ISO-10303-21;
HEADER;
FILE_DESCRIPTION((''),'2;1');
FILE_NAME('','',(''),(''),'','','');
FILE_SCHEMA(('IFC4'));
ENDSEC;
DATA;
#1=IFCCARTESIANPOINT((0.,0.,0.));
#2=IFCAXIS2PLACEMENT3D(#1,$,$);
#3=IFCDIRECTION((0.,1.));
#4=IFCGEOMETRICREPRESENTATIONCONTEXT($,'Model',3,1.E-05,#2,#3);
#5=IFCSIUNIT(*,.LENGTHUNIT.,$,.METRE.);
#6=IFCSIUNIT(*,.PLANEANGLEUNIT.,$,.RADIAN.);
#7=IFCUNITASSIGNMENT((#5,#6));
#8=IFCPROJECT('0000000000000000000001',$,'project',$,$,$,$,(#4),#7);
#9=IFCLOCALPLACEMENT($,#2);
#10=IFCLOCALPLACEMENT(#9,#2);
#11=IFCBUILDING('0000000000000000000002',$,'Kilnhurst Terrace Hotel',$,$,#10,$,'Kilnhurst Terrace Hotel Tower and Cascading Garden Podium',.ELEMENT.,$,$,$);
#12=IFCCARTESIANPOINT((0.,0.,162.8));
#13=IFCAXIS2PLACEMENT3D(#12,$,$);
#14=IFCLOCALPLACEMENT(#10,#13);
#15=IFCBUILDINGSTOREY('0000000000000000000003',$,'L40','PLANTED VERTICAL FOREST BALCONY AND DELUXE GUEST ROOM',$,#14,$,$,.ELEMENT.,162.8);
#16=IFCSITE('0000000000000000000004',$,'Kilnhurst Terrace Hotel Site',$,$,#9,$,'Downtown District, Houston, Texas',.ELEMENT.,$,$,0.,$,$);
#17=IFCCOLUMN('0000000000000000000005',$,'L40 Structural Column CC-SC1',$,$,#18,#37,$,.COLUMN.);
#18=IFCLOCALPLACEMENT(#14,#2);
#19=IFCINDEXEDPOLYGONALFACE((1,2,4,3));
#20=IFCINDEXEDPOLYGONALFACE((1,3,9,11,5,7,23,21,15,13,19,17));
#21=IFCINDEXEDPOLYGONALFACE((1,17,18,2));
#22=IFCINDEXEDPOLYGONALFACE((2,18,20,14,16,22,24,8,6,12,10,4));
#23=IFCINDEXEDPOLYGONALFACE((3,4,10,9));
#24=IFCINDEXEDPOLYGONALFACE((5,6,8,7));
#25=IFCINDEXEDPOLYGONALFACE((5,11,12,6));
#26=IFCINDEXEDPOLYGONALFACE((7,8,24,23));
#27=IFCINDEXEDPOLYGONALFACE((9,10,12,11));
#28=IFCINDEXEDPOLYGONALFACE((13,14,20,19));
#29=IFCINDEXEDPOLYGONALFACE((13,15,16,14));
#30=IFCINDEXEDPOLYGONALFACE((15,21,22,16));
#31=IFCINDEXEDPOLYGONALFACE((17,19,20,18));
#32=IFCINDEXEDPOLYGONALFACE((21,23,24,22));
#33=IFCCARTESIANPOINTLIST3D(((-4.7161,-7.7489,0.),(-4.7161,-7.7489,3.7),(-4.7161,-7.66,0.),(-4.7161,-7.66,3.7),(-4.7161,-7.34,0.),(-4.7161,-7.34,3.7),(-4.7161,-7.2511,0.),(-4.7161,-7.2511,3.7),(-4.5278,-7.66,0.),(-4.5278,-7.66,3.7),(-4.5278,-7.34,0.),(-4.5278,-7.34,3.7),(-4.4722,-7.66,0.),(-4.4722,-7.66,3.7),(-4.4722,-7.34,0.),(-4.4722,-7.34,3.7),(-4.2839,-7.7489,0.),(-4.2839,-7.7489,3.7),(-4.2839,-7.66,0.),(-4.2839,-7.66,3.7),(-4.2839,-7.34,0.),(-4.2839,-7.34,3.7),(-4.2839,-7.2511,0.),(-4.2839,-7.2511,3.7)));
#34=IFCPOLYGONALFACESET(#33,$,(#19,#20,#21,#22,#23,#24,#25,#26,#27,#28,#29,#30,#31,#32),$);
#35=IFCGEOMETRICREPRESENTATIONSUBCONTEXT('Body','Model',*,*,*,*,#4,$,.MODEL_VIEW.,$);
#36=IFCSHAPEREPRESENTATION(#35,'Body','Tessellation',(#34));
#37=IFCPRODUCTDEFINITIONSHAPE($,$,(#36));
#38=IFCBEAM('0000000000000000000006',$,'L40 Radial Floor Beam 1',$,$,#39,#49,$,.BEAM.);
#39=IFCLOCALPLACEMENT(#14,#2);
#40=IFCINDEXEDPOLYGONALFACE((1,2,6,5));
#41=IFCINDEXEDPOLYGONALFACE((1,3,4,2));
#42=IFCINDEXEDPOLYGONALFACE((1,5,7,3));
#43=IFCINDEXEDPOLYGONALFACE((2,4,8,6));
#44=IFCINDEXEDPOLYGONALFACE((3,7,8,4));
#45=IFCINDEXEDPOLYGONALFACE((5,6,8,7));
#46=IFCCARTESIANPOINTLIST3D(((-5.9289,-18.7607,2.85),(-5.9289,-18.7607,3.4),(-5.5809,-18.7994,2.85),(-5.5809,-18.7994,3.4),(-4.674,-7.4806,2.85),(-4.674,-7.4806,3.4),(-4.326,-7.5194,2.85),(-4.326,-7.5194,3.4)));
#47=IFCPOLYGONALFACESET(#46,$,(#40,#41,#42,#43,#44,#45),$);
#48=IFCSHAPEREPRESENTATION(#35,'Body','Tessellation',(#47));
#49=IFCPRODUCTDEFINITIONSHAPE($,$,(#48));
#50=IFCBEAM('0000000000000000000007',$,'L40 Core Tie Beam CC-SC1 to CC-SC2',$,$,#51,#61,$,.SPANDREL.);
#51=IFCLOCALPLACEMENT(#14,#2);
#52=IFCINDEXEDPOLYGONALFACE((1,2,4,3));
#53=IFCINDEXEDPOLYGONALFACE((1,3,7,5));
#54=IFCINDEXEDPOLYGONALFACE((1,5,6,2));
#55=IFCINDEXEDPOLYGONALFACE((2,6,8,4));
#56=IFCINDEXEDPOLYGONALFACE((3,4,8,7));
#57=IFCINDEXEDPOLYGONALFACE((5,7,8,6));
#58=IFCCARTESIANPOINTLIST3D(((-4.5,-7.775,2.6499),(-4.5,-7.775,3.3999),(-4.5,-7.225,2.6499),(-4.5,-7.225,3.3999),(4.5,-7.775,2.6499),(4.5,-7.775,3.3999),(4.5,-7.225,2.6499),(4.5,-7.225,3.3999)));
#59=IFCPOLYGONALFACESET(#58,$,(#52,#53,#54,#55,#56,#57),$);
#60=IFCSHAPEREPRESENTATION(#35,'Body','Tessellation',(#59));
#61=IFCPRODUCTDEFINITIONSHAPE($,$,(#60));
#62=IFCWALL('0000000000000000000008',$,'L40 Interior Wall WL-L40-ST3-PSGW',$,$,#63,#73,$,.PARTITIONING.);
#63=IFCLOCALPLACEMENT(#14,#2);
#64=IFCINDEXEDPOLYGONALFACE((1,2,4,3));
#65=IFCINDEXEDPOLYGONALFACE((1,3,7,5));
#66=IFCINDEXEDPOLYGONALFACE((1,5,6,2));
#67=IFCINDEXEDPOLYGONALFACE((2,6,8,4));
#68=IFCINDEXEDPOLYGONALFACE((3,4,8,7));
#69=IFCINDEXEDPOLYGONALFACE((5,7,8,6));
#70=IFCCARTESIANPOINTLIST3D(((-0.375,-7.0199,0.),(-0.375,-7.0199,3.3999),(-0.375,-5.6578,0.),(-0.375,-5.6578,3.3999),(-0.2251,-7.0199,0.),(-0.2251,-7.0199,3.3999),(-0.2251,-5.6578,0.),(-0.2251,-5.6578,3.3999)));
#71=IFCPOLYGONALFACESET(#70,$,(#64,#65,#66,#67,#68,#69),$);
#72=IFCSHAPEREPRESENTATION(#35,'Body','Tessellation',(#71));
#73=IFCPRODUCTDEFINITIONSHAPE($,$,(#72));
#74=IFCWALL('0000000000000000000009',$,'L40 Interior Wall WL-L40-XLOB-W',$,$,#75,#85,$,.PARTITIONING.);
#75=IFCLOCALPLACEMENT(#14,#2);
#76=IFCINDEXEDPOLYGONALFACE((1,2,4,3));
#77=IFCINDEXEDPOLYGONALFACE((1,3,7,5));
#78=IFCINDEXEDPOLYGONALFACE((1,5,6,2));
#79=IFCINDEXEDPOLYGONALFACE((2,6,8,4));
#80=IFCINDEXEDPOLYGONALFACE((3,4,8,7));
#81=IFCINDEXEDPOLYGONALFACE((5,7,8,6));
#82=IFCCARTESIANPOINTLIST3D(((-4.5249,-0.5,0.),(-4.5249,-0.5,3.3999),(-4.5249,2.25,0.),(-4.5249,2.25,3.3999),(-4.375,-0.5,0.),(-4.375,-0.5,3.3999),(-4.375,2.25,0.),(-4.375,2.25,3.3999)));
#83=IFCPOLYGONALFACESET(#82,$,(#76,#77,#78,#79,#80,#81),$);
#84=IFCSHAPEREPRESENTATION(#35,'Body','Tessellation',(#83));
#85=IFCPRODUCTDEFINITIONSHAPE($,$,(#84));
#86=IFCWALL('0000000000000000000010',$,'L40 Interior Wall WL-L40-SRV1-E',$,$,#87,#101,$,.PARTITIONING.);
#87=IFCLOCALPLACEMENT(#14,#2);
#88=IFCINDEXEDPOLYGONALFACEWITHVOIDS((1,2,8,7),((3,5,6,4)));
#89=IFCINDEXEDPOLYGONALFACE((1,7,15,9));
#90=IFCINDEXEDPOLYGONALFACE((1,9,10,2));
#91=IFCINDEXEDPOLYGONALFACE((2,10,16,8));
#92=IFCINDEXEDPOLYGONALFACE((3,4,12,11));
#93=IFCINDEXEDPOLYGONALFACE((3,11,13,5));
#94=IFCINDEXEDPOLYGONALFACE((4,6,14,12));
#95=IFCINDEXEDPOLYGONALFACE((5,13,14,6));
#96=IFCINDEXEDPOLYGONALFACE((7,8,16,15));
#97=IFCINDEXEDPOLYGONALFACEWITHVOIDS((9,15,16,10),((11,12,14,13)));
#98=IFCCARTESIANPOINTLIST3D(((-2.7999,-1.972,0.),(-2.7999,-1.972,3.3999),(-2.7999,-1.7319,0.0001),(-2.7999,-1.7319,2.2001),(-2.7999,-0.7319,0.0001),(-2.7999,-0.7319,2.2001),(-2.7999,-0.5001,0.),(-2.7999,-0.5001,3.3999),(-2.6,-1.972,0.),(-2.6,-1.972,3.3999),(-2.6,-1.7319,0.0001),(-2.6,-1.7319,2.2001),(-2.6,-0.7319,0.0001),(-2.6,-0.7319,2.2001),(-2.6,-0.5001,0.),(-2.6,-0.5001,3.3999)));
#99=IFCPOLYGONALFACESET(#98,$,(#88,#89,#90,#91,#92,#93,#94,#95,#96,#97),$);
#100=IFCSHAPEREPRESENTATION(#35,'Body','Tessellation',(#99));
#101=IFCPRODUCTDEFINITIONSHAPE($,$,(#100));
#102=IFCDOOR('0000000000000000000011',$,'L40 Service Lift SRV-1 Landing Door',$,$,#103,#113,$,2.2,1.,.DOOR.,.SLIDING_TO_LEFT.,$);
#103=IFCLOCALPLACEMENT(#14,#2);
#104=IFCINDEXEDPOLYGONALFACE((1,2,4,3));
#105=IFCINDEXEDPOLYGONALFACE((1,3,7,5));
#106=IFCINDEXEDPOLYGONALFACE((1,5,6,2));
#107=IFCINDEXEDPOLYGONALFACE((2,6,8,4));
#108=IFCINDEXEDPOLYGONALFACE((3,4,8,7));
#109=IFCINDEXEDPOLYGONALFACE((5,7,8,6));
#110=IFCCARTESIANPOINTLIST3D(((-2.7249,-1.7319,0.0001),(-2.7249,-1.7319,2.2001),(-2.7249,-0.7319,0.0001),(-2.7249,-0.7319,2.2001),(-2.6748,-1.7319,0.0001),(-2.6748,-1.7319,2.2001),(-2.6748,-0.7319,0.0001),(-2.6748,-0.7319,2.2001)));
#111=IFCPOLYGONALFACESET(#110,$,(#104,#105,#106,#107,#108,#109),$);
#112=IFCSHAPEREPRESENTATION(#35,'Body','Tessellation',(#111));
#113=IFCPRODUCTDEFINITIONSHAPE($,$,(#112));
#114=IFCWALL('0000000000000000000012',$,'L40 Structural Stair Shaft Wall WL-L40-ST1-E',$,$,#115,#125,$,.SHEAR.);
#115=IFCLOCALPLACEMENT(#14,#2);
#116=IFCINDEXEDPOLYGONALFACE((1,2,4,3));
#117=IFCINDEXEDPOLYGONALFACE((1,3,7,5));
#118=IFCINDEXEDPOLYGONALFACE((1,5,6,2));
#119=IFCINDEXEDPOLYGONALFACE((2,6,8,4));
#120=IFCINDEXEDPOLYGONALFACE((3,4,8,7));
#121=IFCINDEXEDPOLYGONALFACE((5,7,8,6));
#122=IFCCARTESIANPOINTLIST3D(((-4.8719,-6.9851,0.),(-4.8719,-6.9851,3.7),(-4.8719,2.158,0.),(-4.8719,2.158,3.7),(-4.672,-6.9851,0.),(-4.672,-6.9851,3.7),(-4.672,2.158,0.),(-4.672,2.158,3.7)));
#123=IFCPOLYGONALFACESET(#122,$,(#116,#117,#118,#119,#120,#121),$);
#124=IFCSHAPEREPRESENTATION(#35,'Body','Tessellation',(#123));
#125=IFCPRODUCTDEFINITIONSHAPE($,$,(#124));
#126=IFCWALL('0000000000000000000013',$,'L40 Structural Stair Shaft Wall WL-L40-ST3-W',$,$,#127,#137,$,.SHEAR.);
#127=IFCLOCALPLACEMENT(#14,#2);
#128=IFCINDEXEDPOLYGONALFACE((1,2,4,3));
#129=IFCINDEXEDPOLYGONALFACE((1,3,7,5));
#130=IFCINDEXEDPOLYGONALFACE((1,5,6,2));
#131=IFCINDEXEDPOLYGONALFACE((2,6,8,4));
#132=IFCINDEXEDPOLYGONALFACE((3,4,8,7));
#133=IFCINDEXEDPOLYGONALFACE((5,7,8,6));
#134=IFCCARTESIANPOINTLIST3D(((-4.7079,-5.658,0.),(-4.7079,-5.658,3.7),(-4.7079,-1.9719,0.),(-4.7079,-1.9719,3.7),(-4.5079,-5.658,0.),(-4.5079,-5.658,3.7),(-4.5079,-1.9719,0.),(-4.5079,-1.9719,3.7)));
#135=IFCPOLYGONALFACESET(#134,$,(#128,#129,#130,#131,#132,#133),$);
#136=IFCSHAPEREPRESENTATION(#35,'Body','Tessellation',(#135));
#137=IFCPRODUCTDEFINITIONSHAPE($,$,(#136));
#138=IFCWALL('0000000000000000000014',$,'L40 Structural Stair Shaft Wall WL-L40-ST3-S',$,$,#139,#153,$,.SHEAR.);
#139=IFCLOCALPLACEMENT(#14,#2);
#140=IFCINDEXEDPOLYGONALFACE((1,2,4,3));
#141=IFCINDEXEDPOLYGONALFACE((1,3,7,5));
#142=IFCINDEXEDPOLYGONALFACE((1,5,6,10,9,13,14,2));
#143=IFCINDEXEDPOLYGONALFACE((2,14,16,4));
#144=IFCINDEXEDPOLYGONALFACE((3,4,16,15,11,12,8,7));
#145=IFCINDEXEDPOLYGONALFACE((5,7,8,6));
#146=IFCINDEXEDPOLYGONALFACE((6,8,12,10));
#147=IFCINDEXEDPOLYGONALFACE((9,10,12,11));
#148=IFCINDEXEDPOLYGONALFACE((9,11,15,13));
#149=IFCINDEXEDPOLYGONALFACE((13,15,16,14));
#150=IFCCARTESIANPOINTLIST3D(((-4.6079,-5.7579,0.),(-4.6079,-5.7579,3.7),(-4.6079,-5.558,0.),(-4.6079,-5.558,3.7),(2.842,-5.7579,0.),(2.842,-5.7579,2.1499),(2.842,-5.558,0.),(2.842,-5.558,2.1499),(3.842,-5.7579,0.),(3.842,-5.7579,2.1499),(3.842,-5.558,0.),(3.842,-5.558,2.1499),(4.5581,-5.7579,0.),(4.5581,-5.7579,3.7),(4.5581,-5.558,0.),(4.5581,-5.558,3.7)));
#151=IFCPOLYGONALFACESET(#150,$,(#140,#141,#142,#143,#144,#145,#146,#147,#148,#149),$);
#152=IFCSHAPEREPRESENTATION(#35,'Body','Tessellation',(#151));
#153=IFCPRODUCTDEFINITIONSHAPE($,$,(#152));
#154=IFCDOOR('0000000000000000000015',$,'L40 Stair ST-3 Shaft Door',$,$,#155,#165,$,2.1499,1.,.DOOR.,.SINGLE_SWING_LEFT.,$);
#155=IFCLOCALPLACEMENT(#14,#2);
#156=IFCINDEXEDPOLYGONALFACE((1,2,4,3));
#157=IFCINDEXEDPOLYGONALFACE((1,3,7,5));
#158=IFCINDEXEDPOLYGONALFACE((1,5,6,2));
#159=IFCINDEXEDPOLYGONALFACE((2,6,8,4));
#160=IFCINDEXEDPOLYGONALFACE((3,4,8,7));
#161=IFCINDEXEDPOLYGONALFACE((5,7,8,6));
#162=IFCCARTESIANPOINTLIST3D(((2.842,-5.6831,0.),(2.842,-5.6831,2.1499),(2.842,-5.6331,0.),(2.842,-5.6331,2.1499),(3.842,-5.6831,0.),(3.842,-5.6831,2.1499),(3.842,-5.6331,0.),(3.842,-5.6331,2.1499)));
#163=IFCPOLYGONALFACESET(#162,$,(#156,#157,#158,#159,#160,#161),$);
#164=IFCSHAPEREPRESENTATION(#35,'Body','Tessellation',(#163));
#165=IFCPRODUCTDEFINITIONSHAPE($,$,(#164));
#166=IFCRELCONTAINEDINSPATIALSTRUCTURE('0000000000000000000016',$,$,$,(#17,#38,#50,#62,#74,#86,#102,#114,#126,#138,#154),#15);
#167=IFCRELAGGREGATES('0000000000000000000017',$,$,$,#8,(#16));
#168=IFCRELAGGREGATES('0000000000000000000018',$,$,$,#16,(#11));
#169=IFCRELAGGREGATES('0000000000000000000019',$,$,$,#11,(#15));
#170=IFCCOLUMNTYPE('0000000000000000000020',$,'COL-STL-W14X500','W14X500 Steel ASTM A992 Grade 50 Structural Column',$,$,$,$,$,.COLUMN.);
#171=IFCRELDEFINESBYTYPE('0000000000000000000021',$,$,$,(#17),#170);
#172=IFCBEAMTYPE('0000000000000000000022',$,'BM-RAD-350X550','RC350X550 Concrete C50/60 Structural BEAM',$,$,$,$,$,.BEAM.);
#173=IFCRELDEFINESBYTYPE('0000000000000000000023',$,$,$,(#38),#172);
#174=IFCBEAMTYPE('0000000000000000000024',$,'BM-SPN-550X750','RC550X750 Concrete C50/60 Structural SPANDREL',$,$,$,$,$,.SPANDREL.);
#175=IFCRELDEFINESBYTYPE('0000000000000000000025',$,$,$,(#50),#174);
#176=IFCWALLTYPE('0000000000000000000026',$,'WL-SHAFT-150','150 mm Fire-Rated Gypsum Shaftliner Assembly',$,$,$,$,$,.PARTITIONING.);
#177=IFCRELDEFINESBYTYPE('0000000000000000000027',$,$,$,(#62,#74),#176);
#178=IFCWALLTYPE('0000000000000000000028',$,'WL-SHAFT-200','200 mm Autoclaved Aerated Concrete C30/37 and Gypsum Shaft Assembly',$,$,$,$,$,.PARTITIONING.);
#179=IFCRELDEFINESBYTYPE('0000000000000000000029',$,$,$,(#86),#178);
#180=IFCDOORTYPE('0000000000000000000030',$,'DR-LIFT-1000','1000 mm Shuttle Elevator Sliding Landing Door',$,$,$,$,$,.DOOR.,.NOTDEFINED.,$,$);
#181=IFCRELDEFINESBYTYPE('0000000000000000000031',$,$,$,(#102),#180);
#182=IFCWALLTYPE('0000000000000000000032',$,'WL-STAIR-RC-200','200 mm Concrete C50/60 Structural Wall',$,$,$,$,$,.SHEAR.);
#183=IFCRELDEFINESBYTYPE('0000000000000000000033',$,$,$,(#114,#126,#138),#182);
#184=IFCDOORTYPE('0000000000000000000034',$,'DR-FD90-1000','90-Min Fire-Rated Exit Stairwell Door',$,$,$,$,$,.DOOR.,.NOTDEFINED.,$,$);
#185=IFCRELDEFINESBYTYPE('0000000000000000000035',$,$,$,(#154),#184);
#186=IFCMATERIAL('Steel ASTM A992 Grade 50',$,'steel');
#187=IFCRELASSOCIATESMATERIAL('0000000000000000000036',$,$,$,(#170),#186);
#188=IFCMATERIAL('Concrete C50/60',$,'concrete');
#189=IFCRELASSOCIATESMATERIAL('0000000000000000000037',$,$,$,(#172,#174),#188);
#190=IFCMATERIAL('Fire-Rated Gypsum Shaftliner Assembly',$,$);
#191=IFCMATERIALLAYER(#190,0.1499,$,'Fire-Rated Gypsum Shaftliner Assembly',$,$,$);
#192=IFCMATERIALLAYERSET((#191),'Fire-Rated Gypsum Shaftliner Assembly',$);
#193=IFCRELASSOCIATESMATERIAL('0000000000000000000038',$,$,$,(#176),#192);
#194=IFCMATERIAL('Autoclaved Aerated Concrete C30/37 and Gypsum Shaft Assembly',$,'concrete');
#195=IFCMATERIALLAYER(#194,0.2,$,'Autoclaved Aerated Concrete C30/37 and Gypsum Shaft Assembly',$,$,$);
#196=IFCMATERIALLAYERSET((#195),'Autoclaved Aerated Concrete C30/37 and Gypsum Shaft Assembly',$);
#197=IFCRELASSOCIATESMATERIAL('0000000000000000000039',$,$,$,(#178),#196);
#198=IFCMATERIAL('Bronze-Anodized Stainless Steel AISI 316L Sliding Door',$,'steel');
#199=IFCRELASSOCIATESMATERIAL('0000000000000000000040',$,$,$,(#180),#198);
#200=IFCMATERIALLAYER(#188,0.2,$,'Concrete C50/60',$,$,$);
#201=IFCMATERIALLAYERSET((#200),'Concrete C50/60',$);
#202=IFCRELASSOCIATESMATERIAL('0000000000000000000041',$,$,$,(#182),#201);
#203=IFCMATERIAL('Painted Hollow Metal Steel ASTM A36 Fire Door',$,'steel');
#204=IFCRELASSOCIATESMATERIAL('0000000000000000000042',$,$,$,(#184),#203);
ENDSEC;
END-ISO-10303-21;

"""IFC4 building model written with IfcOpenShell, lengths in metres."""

from ifc_helpers import new_model, si_unit, direction, frame, frame_2d, origin, origin_2d, place, context, subcontext, project, spatial, rectangle, i_section, extrude, material, layer, layer_set, material_profile, profile_set, type_object, element, fill, save


model = new_model("IFC4")

# Units and contexts
model_context = context("Model", 3, precision=1e-05, world=origin(), true_north=direction((0.0, 1.0)))
body_context = subcontext(model_context, "Body", "Model", "MODEL_VIEW")
ifc_project = project(units=[si_unit("LENGTHUNIT", "METRE"), si_unit("PLANEANGLEUNIT", "RADIAN")], contexts=[model_context])

# Site, building, storey
site_placement = place(None, origin())
site = spatial("IfcSite", under=ifc_project, at=site_placement, Name="Kilnhurst Terrace Hotel Site", LongName="Downtown District, Houston, Texas", CompositionType="ELEMENT", RefElevation=0.0)
building_placement = place(site_placement, origin())
building = spatial("IfcBuilding", under=site, at=building_placement, Name="Kilnhurst Terrace Hotel", LongName="Kilnhurst Terrace Hotel Tower and Cascading Garden Podium", CompositionType="ELEMENT")
storey_placement = place(building_placement, frame((0.0, 0.0, 162.8)))
storey = spatial("IfcBuildingStorey", under=building, at=storey_placement, Name="L40", Description="PLANTED VERTICAL FOREST BALCONY AND DELUXE GUEST ROOM", CompositionType="ELEMENT", Elevation=162.8)

# Column
ifc_material_1 = material(Name="Steel ASTM A992 Grade 50", Category="steel")
ifc_material_profile_1 = material_profile(ifc_material_1, i_section(OverallWidth=0.4321, OverallDepth=0.4978, WebThickness=0.0557, FlangeThickness=0.0889, at=origin_2d()), Name="W14X500")
ifc_profile_set_1 = profile_set([ifc_material_profile_1], Name="Steel ASTM A992 Grade 50")
column_type = type_object("IfcColumnType", Name="COL-STL-W14X500", Description="W14X500 Steel ASTM A992 Grade 50 Structural Column", PredefinedType="COLUMN", material=ifc_profile_set_1)
column_placement = place(storey_placement, frame((-4.5, -7.5, 0.0), z_axis=(0.0, 0.0, 1.0), x_axis=(1.0, 0.0, 0.0)))
element("IfcColumn", 1, at=column_placement, inside=storey, type_object=column_type, Name="L40 Structural Column CC-SC1", PredefinedType="COLUMN", context=body_context, shape_type="SweptSolid", body=[
    extrude(i_section(OverallWidth=0.4321, OverallDepth=0.4978, WebThickness=0.0557, FlangeThickness=0.0889, at=origin_2d()), origin(), (0.0, 0.0, 1.0), 3.7),
])

# Beams
ifc_material_2 = material(Name="Concrete C50/60", Category="concrete")
ifc_material_profile_2 = material_profile(ifc_material_2, rectangle(XDim=0.3501, YDim=0.55, at=origin_2d()), Name="RC350X550")
ifc_profile_set_2 = profile_set([ifc_material_profile_2], Name="Concrete C50/60")
beam_type_1 = type_object("IfcBeamType", Name="BM-RAD-350X550", Description="RC350X550 Concrete C50/60 Structural BEAM", PredefinedType="BEAM", material=ifc_profile_set_2)
beam_1_placement = place(storey_placement, frame((-4.5, -7.5, 3.125), z_axis=(-0.110566, -0.993869, 0.0), x_axis=(0.993869, -0.110566, 0.0)))
element("IfcBeam", 2, at=beam_1_placement, inside=storey, type_object=beam_type_1, Name="L40 Radial Floor Beam 1", PredefinedType="BEAM", context=body_context, shape_type="SweptSolid", body=[
    extrude(rectangle(XDim=0.3501, YDim=0.55, at=origin_2d()), origin(), (0.0, 0.0, 1.0), 11.3496),
])
ifc_material_profile_3 = material_profile(ifc_material_2, rectangle(XDim=0.55, YDim=0.75, at=origin_2d()), Name="RC550X750")
ifc_profile_set_3 = profile_set([ifc_material_profile_3], Name="Concrete C50/60")
beam_type_2 = type_object("IfcBeamType", Name="BM-SPN-550X750", Description="RC550X750 Concrete C50/60 Structural SPANDREL", PredefinedType="SPANDREL", material=ifc_profile_set_3)
beam_2_placement = place(storey_placement, frame((-4.5, -7.5, 3.0249), z_axis=(1.0, 0.0, 0.0), x_axis=(0.0, 1.0, 0.0)))
element("IfcBeam", 3, at=beam_2_placement, inside=storey, type_object=beam_type_2, Name="L40 Core Tie Beam CC-SC1 to CC-SC2", PredefinedType="SPANDREL", context=body_context, shape_type="SweptSolid", body=[
    extrude(rectangle(XDim=0.55, YDim=0.75, at=origin_2d()), origin(), (0.0, 0.0, 1.0), 9.0),
])

# Walls
ifc_material_3 = material(Name="Fire-Rated Gypsum Shaftliner Assembly")
ifc_layer_1 = layer(ifc_material_3, 0.1499, Name="Fire-Rated Gypsum Shaftliner Assembly")
ifc_layer_set_1 = layer_set([ifc_layer_1], Name="Fire-Rated Gypsum Shaftliner Assembly")
wall_type_1 = type_object("IfcWallType", Name="WL-SHAFT-150", Description="150 mm Fire-Rated Gypsum Shaftliner Assembly", PredefinedType="PARTITIONING", material=ifc_layer_set_1)
wall_1_placement = place(storey_placement, frame((-0.3, -7.02, 0.0), z_axis=(0.0, 0.0, 1.0), x_axis=(0.0, 1.0, 0.0)))
element("IfcWall", 4, at=wall_1_placement, inside=storey, type_object=wall_type_1, Name="L40 Interior Wall WL-L40-ST3-PSGW", PredefinedType="PARTITIONING", context=body_context, shape_type="SweptSolid", body=[
    extrude(rectangle(XDim=1.3621, YDim=0.1499, at=frame_2d((0.6812, 0.0))), origin(), (0.0, 0.0, 1.0), 3.3999),
])
wall_2_placement = place(storey_placement, frame((-4.45, -0.5, 0.0), z_axis=(0.0, 0.0, 1.0), x_axis=(0.0, 1.0, 0.0)))
element("IfcWall", 5, at=wall_2_placement, inside=storey, type_object=wall_type_1, Name="L40 Interior Wall WL-L40-XLOB-W", PredefinedType="PARTITIONING", context=body_context, shape_type="SweptSolid", body=[
    extrude(rectangle(XDim=2.75, YDim=0.1499, at=frame_2d((1.375, 0.0))), origin(), (0.0, 0.0, 1.0), 3.3999),
])

# Wall, opening, door
ifc_material_4 = material(Name="Autoclaved Aerated Concrete C30/37 and Gypsum Shaft Assembly", Category="concrete")
ifc_layer_2 = layer(ifc_material_4, 0.2, Name="Autoclaved Aerated Concrete C30/37 and Gypsum Shaft Assembly")
ifc_layer_set_2 = layer_set([ifc_layer_2], Name="Autoclaved Aerated Concrete C30/37 and Gypsum Shaft Assembly")
wall_type_2 = type_object("IfcWallType", Name="WL-SHAFT-200", Description="200 mm Autoclaved Aerated Concrete C30/37 and Gypsum Shaft Assembly", PredefinedType="PARTITIONING", material=ifc_layer_set_2)
wall_3_placement = place(storey_placement, frame((-2.7, -1.9719, 0.0), z_axis=(0.0, 0.0, 1.0), x_axis=(0.0, 1.0, 0.0)))
wall_3 = element("IfcWall", 6, at=wall_3_placement, inside=storey, type_object=wall_type_2, Name="L40 Interior Wall WL-L40-SRV1-E", PredefinedType="PARTITIONING", context=body_context, shape_type="SweptSolid", body=[
    extrude(rectangle(XDim=1.4719, YDim=0.2, at=frame_2d((0.7358, 0.0))), origin(), (0.0, 0.0, 1.0), 3.3999),
])
opening_1_placement = place(wall_3_placement, frame((0.24, 0.0, 0.0)))
opening_1 = element("IfcOpeningElement", 7, at=opening_1_placement, cuts=wall_3, PredefinedType="OPENING", context=body_context, shape_type="SweptSolid", body=[
    extrude(rectangle(XDim=1.0, YDim=2.2, at=frame_2d((0.5, 1.1001))), frame((0.0, 0.1099, 0.0), z_axis=(0.0, -1.0, 0.0), x_axis=(1.0, 0.0, 0.0)), (0.0, 0.0, 1.0), 0.22),
])
ifc_material_5 = material(Name="Bronze-Anodized Stainless Steel AISI 316L Sliding Door", Category="steel")
door_type_1 = type_object("IfcDoorType", Name="DR-LIFT-1000", Description="1000 mm Shuttle Elevator Sliding Landing Door", OperationType="NOTDEFINED", PredefinedType="DOOR", material=ifc_material_5)
door_1_placement = place(opening_1_placement, origin())
door_1 = element("IfcDoor", 8, at=door_1_placement, inside=storey, type_object=door_type_1, Name="L40 Service Lift SRV-1 Landing Door", OperationType="SLIDING_TO_LEFT", OverallHeight=2.2, OverallWidth=1.0, PredefinedType="DOOR", context=body_context, shape_type="SweptSolid", body=[
    extrude(rectangle(XDim=1.0, YDim=2.2, at=frame_2d((0.5, 1.1001))), frame((0.0, 0.0249, 0.0), z_axis=(0.0, -1.0, 0.0), x_axis=(1.0, 0.0, 0.0)), (0.0, 0.0, 1.0), 0.05),
])
fill(opening_1, door_1)

# Walls
ifc_layer_3 = layer(ifc_material_2, 0.2, Name="Concrete C50/60")
ifc_layer_set_3 = layer_set([ifc_layer_3], Name="Concrete C50/60")
wall_type_3 = type_object("IfcWallType", Name="WL-STAIR-RC-200", Description="200 mm Concrete C50/60 Structural Wall", PredefinedType="SHEAR", material=ifc_layer_set_3)
wall_4_placement = place(storey_placement, frame((-4.772, -6.9851, 0.0), z_axis=(0.0, 0.0, 1.0), x_axis=(0.0, 1.0, 0.0)))
element("IfcWall", 9, at=wall_4_placement, inside=storey, type_object=wall_type_3, Name="L40 Structural Stair Shaft Wall WL-L40-ST1-E", PredefinedType="SHEAR", context=body_context, shape_type="SweptSolid", body=[
    extrude(rectangle(XDim=9.1431, YDim=0.2, at=frame_2d((4.5715, 0.0))), origin(), (0.0, 0.0, 1.0), 3.7),
])
wall_5_placement = place(storey_placement, frame((-4.6079, -5.658, 0.0), z_axis=(0.0, 0.0, 1.0), x_axis=(0.0, 1.0, 0.0)))
element("IfcWall", 10, at=wall_5_placement, inside=storey, type_object=wall_type_3, Name="L40 Structural Stair Shaft Wall WL-L40-ST3-W", PredefinedType="SHEAR", context=body_context, shape_type="SweptSolid", body=[
    extrude(rectangle(XDim=3.686, YDim=0.2, at=frame_2d((1.843, 0.0))), origin(), (0.0, 0.0, 1.0), 3.7),
])

# Wall, opening, door
wall_6_placement = place(storey_placement, frame((-4.6079, -5.658, 0.0), z_axis=(0.0, 0.0, 1.0), x_axis=(1.0, 0.0, 0.0)))
wall_6 = element("IfcWall", 11, at=wall_6_placement, inside=storey, type_object=wall_type_3, Name="L40 Structural Stair Shaft Wall WL-L40-ST3-S", PredefinedType="SHEAR", context=body_context, shape_type="SweptSolid", body=[
    extrude(rectangle(XDim=9.166, YDim=0.2, at=frame_2d((4.583, 0.0))), origin(), (0.0, 0.0, 1.0), 3.7),
])
opening_2_placement = place(wall_6_placement, frame((7.45, 0.0, 0.0)))
opening_2 = element("IfcOpeningElement", 12, at=opening_2_placement, cuts=wall_6, PredefinedType="OPENING", context=body_context, shape_type="SweptSolid", body=[
    extrude(rectangle(XDim=1.0, YDim=2.1499, at=frame_2d((0.5, 1.075))), frame((0.0, 0.1099, 0.0), z_axis=(0.0, -1.0, 0.0), x_axis=(1.0, 0.0, 0.0)), (0.0, 0.0, 1.0), 0.22),
])
ifc_material_6 = material(Name="Painted Hollow Metal Steel ASTM A36 Fire Door", Category="steel")
door_type_2 = type_object("IfcDoorType", Name="DR-FD90-1000", Description="90-Min Fire-Rated Exit Stairwell Door", OperationType="NOTDEFINED", PredefinedType="DOOR", material=ifc_material_6)
door_2_placement = place(opening_2_placement, origin())
door_2 = element("IfcDoor", 13, at=door_2_placement, inside=storey, type_object=door_type_2, Name="L40 Stair ST-3 Shaft Door", OperationType="SINGLE_SWING_LEFT", OverallHeight=2.1499, OverallWidth=1.0, PredefinedType="DOOR", context=body_context, shape_type="SweptSolid", body=[
    extrude(rectangle(XDim=1.0, YDim=2.1499, at=frame_2d((0.5, 1.075))), frame((0.0, 0.0249, 0.0), z_axis=(0.0, -1.0, 0.0), x_axis=(1.0, 0.0, 0.0)), (0.0, 0.0, 1.0), 0.05),
])
fill(opening_2, door_2)

save(model, "model.ifc")
